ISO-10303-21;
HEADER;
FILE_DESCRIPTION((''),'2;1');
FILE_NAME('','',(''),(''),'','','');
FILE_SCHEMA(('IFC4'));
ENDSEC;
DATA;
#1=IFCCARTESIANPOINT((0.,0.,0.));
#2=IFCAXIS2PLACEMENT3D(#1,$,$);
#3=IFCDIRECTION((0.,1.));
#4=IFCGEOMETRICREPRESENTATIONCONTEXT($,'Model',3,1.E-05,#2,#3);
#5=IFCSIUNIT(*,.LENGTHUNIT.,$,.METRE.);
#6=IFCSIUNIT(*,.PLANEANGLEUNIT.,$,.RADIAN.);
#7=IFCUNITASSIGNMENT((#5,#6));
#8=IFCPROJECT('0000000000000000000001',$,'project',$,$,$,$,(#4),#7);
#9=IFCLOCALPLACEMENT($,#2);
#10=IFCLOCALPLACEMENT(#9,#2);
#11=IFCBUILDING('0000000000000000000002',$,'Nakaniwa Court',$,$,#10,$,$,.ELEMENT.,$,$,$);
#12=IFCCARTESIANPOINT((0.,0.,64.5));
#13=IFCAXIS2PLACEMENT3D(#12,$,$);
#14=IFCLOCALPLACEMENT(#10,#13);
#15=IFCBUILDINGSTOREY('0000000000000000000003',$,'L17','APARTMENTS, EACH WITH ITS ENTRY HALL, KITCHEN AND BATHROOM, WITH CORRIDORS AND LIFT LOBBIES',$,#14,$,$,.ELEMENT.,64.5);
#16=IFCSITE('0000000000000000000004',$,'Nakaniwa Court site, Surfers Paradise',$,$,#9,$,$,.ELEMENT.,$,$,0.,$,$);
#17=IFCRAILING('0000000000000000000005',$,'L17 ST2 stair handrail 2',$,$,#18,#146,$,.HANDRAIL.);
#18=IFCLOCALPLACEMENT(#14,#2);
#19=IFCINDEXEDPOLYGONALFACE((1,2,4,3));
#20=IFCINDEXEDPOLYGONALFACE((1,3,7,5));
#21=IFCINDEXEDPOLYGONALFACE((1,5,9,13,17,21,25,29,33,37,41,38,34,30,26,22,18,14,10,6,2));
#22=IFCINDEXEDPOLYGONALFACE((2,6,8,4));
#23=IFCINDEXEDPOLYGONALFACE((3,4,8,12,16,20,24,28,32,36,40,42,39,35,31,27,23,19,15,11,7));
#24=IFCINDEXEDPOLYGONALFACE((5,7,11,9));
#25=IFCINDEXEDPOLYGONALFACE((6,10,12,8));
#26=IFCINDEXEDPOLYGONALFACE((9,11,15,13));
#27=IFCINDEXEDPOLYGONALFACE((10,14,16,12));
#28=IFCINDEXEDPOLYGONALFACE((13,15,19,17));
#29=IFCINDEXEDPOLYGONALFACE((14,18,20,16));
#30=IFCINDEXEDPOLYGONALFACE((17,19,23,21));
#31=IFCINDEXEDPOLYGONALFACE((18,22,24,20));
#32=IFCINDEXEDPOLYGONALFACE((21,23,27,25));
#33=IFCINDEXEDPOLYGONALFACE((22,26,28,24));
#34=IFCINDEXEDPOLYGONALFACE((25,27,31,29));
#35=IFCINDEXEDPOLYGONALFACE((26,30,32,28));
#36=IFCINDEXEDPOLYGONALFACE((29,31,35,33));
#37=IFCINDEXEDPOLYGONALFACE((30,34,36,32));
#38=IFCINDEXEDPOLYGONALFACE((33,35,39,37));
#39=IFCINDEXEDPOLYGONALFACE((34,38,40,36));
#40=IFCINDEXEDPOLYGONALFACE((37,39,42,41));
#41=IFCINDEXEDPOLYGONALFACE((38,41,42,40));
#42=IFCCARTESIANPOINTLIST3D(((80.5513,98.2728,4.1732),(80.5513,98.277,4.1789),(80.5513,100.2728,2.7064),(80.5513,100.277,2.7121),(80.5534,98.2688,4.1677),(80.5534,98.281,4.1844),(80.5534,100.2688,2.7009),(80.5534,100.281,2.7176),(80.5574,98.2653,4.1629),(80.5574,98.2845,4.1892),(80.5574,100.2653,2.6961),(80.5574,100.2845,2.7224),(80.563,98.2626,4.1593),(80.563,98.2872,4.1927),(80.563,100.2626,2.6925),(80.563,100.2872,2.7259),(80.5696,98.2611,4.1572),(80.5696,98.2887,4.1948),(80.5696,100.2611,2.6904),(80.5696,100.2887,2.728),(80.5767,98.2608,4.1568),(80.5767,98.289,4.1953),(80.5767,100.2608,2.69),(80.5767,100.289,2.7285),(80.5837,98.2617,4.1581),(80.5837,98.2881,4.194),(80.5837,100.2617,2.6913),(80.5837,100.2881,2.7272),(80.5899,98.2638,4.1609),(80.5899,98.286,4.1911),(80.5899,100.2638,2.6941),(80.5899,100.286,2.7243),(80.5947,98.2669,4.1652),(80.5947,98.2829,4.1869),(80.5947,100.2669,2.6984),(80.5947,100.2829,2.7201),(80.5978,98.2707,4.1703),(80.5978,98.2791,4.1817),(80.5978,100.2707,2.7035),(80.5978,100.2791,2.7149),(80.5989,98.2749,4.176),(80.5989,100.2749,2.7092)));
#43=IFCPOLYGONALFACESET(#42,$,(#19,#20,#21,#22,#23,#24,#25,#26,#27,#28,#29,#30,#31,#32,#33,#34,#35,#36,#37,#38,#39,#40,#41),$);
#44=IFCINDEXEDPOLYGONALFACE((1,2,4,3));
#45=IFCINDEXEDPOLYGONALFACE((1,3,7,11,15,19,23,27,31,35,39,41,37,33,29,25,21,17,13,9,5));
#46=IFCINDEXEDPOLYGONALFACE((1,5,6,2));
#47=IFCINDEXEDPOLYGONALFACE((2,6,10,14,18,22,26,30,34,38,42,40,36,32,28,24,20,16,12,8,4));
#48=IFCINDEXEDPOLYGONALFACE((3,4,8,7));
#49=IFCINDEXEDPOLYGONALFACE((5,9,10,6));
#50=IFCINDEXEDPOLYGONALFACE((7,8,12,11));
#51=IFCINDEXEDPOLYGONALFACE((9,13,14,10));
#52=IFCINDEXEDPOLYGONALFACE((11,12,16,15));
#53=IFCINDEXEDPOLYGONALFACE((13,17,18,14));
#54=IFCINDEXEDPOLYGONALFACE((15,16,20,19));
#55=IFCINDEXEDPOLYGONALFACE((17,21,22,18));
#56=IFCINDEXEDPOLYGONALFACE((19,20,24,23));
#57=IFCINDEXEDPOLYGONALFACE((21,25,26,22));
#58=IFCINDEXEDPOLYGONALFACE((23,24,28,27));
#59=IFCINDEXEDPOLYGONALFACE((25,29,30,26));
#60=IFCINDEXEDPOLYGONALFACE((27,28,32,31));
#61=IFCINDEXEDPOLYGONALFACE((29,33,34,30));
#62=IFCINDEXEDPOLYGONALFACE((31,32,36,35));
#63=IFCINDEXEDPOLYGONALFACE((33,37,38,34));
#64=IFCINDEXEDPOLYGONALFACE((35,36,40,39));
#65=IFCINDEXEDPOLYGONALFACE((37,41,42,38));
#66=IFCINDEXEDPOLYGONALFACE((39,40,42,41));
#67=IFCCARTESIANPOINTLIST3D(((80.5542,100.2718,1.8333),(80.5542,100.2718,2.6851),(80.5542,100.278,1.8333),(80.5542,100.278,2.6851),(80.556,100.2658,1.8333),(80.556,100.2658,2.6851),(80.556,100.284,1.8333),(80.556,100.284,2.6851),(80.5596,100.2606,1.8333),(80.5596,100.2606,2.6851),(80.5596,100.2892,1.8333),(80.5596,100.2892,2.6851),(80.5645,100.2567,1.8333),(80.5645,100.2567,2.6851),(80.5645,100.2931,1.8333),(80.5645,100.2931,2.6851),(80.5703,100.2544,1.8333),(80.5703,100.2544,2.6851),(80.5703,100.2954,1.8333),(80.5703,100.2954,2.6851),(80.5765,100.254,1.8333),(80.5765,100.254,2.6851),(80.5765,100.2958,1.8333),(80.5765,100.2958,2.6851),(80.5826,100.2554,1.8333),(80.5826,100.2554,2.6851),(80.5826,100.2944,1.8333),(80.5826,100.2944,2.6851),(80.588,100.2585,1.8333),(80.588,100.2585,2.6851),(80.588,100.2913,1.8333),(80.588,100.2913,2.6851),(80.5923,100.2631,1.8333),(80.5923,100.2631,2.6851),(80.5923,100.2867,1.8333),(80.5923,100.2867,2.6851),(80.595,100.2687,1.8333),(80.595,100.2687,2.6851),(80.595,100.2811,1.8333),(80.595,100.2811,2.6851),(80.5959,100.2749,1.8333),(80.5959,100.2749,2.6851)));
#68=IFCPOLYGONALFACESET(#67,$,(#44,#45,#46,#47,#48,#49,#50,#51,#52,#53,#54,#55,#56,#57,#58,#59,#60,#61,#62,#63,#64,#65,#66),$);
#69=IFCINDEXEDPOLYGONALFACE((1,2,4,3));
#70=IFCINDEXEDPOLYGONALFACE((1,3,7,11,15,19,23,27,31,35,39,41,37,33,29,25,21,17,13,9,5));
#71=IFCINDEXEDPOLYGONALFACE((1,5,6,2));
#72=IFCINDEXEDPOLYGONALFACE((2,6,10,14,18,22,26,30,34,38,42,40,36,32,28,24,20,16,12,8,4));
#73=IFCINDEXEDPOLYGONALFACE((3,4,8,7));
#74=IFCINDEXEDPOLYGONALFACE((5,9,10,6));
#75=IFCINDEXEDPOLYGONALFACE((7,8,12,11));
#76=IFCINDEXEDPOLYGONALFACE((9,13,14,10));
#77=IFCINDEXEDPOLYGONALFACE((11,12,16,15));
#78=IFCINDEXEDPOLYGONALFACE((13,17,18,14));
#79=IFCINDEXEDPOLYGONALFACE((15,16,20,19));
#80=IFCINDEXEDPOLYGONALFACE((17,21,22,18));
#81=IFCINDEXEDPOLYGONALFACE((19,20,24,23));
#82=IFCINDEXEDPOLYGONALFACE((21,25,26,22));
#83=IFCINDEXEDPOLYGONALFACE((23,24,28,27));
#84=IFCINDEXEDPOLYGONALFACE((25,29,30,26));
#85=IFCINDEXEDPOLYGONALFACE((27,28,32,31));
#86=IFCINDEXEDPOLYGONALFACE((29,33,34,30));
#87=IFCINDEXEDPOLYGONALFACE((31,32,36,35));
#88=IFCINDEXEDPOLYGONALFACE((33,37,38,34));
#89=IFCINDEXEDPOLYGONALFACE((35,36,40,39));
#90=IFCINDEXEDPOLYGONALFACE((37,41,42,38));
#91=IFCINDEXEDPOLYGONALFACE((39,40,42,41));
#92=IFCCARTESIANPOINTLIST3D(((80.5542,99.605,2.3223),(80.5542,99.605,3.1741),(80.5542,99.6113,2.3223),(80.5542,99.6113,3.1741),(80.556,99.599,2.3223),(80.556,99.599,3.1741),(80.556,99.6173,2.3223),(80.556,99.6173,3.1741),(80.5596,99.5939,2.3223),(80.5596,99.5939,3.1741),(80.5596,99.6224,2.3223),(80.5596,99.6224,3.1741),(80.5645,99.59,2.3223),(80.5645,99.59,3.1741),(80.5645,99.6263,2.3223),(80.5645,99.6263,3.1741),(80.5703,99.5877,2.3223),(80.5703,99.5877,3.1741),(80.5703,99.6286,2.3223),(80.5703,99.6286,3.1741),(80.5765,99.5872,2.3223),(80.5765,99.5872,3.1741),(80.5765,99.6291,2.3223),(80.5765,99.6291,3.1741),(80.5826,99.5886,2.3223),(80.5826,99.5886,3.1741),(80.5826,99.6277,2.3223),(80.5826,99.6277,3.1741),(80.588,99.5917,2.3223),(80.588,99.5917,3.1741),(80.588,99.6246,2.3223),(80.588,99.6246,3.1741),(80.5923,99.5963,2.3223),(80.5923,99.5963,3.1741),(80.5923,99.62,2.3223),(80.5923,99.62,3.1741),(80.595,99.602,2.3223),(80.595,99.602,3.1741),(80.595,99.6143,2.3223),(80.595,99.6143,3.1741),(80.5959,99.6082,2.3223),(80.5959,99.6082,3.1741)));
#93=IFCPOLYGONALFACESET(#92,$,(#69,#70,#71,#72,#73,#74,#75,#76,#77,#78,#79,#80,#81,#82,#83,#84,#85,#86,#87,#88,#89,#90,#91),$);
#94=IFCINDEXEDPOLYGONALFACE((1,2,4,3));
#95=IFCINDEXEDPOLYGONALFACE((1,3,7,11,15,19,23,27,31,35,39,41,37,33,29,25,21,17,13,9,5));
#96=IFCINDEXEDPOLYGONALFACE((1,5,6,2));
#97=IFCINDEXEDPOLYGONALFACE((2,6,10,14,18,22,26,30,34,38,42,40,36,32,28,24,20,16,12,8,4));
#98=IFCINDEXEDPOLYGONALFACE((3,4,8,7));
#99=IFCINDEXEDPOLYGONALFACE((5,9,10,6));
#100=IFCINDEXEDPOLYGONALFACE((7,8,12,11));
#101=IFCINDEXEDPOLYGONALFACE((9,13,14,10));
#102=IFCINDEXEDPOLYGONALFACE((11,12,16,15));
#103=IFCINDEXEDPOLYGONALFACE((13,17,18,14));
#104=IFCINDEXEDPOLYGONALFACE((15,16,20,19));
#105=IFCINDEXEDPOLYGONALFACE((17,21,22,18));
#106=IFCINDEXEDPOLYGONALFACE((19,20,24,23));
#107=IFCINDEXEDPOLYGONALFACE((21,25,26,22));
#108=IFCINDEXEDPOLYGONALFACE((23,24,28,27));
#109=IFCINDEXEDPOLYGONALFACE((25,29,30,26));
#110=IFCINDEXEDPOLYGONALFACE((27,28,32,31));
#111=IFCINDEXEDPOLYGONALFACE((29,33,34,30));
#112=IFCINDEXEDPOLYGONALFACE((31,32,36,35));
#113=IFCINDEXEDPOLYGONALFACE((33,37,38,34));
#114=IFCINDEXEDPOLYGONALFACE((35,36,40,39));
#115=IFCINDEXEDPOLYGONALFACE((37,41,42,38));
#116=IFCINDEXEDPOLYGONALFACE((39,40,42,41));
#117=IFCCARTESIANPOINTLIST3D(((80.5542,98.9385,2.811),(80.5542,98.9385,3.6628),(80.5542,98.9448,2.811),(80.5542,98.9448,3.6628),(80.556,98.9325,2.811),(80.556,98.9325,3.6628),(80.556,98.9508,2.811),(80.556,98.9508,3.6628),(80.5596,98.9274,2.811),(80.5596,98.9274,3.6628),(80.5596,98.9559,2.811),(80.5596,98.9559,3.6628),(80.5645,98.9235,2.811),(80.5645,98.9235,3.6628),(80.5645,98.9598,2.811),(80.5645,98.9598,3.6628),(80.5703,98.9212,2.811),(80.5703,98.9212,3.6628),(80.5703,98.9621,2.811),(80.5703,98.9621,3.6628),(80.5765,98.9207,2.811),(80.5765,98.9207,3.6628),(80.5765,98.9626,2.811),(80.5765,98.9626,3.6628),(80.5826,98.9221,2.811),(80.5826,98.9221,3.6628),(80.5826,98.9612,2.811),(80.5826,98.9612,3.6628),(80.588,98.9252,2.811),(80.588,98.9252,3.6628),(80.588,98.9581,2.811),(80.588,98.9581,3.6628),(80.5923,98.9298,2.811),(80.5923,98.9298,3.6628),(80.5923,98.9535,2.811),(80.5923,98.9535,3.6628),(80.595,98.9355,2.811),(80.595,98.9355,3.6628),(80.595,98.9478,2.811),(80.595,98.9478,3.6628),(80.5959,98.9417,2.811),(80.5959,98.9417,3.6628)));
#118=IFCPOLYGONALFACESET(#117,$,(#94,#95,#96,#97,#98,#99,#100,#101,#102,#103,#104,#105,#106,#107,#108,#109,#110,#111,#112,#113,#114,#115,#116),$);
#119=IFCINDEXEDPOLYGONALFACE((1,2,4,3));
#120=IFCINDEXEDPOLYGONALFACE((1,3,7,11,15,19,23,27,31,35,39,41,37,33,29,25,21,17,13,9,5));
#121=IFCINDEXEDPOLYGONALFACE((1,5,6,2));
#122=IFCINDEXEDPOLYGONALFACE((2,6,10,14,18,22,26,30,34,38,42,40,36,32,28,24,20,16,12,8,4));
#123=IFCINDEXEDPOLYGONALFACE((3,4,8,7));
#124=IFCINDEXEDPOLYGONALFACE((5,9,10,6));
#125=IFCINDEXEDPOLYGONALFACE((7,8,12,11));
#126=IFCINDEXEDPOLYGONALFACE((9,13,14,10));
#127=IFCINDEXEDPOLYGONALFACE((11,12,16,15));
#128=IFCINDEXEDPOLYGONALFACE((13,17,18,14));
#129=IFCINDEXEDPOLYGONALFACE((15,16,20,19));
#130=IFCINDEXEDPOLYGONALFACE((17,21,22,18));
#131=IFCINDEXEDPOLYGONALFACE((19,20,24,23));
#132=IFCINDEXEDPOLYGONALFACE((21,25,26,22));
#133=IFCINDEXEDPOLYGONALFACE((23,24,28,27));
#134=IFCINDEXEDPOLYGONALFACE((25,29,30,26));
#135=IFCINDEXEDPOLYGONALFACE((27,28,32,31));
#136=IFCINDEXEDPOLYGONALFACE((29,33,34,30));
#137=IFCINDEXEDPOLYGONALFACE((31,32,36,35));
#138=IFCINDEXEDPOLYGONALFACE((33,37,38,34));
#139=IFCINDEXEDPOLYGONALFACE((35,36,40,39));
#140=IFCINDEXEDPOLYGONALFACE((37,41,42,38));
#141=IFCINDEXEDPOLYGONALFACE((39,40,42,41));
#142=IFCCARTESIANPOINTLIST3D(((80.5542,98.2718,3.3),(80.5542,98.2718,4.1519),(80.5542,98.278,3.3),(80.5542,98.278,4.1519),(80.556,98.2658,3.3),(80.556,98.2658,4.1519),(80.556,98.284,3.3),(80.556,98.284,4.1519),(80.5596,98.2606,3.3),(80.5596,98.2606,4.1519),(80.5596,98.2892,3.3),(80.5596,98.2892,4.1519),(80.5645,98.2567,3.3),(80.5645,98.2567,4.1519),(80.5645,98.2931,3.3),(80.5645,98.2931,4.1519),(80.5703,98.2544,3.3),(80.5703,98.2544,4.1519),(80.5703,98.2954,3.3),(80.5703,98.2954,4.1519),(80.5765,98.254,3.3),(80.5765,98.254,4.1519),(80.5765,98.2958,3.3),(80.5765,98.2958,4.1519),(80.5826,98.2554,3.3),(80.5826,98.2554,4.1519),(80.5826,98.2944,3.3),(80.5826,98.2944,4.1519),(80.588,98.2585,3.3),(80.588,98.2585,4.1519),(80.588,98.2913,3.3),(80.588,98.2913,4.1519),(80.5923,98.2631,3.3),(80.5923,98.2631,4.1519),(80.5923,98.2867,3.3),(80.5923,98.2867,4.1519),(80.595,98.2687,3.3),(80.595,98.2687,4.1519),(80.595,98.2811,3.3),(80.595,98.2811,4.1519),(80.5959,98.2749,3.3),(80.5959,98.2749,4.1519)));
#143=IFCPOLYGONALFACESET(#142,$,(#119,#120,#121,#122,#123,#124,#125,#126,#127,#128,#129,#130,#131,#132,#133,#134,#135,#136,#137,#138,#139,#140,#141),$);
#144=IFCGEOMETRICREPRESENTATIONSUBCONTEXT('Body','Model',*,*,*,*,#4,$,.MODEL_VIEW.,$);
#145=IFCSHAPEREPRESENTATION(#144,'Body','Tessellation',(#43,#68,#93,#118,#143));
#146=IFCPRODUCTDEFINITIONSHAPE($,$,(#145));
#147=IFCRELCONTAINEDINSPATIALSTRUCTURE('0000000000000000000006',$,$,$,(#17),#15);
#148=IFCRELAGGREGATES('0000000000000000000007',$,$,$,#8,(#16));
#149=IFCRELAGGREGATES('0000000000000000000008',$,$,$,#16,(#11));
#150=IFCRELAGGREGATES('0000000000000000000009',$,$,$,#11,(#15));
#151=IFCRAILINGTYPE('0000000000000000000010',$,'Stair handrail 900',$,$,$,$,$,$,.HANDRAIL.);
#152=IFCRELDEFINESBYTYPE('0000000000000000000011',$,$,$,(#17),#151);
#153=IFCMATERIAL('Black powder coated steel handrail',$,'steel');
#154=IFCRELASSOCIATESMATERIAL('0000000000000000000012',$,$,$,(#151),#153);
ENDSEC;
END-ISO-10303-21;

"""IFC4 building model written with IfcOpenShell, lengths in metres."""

from ifc_helpers import new_model, si_unit, direction, frame, origin, origin_2d, place, context, subcontext, project, spatial, circle, extrude, material, type_object, element, save


model = new_model("IFC4")

# Units and contexts
model_context = context("Model", 3, precision=1e-05, world=origin(), true_north=direction((0.0, 1.0)))
body_context = subcontext(model_context, "Body", "Model", "MODEL_VIEW")
ifc_project = project(units=[si_unit("LENGTHUNIT", "METRE"), si_unit("PLANEANGLEUNIT", "RADIAN")], contexts=[model_context])

# Site, building, storey
site_placement = place(None, origin())
site = spatial("IfcSite", under=ifc_project, at=site_placement, Name="Nakaniwa Court site, Surfers Paradise", CompositionType="ELEMENT", RefElevation=0.0)
building_placement = place(site_placement, origin())
building = spatial("IfcBuilding", under=site, at=building_placement, Name="Nakaniwa Court", CompositionType="ELEMENT")
storey_placement = place(building_placement, frame((0.0, 0.0, 64.5)))
storey = spatial("IfcBuildingStorey", under=building, at=storey_placement, Name="L17", Description="APARTMENTS, EACH WITH ITS ENTRY HALL, KITCHEN AND BATHROOM, WITH CORRIDORS AND LIFT LOBBIES", CompositionType="ELEMENT", Elevation=64.5)

# Railing
ifc_material_1 = material(Name="Black powder coated steel handrail", Category="steel")
railing_type_1 = type_object("IfcRailingType", Name="Stair handrail 900", PredefinedType="HANDRAIL", material=ifc_material_1)
railing_1_placement = place(storey_placement, frame((80.575, 100.2749, 1.8333)))
element("IfcRailing", 1, at=railing_1_placement, inside=storey, type_object=railing_type_1, Name="L17 ST2 stair handrail 2", PredefinedType="HANDRAIL", context=body_context, shape_type="SweptSolid", body=[
    extrude(circle(Radius=0.0239, at=origin_2d()), frame((0.0, 0.0, 0.876), z_axis=(0.0, -0.80638, 0.591398), x_axis=(1.0, 0.0, 0.0)), (0.0, 0.0, 1.0), 2.4802),
    extrude(circle(Radius=0.021, at=origin_2d()), origin(), (0.0, 0.0, 1.0), 0.8518),
    extrude(circle(Radius=0.021, at=origin_2d()), frame((0.0, -0.6667, 0.489)), (0.0, 0.0, 1.0), 0.8518),
    extrude(circle(Radius=0.021, at=origin_2d()), frame((0.0, -1.3333, 0.9778)), (0.0, 0.0, 1.0), 0.8518),
    extrude(circle(Radius=0.021, at=origin_2d()), frame((0.0, -2.0, 1.4668)), (0.0, 0.0, 1.0), 0.8518),
])

save(model, "model.ifc")
